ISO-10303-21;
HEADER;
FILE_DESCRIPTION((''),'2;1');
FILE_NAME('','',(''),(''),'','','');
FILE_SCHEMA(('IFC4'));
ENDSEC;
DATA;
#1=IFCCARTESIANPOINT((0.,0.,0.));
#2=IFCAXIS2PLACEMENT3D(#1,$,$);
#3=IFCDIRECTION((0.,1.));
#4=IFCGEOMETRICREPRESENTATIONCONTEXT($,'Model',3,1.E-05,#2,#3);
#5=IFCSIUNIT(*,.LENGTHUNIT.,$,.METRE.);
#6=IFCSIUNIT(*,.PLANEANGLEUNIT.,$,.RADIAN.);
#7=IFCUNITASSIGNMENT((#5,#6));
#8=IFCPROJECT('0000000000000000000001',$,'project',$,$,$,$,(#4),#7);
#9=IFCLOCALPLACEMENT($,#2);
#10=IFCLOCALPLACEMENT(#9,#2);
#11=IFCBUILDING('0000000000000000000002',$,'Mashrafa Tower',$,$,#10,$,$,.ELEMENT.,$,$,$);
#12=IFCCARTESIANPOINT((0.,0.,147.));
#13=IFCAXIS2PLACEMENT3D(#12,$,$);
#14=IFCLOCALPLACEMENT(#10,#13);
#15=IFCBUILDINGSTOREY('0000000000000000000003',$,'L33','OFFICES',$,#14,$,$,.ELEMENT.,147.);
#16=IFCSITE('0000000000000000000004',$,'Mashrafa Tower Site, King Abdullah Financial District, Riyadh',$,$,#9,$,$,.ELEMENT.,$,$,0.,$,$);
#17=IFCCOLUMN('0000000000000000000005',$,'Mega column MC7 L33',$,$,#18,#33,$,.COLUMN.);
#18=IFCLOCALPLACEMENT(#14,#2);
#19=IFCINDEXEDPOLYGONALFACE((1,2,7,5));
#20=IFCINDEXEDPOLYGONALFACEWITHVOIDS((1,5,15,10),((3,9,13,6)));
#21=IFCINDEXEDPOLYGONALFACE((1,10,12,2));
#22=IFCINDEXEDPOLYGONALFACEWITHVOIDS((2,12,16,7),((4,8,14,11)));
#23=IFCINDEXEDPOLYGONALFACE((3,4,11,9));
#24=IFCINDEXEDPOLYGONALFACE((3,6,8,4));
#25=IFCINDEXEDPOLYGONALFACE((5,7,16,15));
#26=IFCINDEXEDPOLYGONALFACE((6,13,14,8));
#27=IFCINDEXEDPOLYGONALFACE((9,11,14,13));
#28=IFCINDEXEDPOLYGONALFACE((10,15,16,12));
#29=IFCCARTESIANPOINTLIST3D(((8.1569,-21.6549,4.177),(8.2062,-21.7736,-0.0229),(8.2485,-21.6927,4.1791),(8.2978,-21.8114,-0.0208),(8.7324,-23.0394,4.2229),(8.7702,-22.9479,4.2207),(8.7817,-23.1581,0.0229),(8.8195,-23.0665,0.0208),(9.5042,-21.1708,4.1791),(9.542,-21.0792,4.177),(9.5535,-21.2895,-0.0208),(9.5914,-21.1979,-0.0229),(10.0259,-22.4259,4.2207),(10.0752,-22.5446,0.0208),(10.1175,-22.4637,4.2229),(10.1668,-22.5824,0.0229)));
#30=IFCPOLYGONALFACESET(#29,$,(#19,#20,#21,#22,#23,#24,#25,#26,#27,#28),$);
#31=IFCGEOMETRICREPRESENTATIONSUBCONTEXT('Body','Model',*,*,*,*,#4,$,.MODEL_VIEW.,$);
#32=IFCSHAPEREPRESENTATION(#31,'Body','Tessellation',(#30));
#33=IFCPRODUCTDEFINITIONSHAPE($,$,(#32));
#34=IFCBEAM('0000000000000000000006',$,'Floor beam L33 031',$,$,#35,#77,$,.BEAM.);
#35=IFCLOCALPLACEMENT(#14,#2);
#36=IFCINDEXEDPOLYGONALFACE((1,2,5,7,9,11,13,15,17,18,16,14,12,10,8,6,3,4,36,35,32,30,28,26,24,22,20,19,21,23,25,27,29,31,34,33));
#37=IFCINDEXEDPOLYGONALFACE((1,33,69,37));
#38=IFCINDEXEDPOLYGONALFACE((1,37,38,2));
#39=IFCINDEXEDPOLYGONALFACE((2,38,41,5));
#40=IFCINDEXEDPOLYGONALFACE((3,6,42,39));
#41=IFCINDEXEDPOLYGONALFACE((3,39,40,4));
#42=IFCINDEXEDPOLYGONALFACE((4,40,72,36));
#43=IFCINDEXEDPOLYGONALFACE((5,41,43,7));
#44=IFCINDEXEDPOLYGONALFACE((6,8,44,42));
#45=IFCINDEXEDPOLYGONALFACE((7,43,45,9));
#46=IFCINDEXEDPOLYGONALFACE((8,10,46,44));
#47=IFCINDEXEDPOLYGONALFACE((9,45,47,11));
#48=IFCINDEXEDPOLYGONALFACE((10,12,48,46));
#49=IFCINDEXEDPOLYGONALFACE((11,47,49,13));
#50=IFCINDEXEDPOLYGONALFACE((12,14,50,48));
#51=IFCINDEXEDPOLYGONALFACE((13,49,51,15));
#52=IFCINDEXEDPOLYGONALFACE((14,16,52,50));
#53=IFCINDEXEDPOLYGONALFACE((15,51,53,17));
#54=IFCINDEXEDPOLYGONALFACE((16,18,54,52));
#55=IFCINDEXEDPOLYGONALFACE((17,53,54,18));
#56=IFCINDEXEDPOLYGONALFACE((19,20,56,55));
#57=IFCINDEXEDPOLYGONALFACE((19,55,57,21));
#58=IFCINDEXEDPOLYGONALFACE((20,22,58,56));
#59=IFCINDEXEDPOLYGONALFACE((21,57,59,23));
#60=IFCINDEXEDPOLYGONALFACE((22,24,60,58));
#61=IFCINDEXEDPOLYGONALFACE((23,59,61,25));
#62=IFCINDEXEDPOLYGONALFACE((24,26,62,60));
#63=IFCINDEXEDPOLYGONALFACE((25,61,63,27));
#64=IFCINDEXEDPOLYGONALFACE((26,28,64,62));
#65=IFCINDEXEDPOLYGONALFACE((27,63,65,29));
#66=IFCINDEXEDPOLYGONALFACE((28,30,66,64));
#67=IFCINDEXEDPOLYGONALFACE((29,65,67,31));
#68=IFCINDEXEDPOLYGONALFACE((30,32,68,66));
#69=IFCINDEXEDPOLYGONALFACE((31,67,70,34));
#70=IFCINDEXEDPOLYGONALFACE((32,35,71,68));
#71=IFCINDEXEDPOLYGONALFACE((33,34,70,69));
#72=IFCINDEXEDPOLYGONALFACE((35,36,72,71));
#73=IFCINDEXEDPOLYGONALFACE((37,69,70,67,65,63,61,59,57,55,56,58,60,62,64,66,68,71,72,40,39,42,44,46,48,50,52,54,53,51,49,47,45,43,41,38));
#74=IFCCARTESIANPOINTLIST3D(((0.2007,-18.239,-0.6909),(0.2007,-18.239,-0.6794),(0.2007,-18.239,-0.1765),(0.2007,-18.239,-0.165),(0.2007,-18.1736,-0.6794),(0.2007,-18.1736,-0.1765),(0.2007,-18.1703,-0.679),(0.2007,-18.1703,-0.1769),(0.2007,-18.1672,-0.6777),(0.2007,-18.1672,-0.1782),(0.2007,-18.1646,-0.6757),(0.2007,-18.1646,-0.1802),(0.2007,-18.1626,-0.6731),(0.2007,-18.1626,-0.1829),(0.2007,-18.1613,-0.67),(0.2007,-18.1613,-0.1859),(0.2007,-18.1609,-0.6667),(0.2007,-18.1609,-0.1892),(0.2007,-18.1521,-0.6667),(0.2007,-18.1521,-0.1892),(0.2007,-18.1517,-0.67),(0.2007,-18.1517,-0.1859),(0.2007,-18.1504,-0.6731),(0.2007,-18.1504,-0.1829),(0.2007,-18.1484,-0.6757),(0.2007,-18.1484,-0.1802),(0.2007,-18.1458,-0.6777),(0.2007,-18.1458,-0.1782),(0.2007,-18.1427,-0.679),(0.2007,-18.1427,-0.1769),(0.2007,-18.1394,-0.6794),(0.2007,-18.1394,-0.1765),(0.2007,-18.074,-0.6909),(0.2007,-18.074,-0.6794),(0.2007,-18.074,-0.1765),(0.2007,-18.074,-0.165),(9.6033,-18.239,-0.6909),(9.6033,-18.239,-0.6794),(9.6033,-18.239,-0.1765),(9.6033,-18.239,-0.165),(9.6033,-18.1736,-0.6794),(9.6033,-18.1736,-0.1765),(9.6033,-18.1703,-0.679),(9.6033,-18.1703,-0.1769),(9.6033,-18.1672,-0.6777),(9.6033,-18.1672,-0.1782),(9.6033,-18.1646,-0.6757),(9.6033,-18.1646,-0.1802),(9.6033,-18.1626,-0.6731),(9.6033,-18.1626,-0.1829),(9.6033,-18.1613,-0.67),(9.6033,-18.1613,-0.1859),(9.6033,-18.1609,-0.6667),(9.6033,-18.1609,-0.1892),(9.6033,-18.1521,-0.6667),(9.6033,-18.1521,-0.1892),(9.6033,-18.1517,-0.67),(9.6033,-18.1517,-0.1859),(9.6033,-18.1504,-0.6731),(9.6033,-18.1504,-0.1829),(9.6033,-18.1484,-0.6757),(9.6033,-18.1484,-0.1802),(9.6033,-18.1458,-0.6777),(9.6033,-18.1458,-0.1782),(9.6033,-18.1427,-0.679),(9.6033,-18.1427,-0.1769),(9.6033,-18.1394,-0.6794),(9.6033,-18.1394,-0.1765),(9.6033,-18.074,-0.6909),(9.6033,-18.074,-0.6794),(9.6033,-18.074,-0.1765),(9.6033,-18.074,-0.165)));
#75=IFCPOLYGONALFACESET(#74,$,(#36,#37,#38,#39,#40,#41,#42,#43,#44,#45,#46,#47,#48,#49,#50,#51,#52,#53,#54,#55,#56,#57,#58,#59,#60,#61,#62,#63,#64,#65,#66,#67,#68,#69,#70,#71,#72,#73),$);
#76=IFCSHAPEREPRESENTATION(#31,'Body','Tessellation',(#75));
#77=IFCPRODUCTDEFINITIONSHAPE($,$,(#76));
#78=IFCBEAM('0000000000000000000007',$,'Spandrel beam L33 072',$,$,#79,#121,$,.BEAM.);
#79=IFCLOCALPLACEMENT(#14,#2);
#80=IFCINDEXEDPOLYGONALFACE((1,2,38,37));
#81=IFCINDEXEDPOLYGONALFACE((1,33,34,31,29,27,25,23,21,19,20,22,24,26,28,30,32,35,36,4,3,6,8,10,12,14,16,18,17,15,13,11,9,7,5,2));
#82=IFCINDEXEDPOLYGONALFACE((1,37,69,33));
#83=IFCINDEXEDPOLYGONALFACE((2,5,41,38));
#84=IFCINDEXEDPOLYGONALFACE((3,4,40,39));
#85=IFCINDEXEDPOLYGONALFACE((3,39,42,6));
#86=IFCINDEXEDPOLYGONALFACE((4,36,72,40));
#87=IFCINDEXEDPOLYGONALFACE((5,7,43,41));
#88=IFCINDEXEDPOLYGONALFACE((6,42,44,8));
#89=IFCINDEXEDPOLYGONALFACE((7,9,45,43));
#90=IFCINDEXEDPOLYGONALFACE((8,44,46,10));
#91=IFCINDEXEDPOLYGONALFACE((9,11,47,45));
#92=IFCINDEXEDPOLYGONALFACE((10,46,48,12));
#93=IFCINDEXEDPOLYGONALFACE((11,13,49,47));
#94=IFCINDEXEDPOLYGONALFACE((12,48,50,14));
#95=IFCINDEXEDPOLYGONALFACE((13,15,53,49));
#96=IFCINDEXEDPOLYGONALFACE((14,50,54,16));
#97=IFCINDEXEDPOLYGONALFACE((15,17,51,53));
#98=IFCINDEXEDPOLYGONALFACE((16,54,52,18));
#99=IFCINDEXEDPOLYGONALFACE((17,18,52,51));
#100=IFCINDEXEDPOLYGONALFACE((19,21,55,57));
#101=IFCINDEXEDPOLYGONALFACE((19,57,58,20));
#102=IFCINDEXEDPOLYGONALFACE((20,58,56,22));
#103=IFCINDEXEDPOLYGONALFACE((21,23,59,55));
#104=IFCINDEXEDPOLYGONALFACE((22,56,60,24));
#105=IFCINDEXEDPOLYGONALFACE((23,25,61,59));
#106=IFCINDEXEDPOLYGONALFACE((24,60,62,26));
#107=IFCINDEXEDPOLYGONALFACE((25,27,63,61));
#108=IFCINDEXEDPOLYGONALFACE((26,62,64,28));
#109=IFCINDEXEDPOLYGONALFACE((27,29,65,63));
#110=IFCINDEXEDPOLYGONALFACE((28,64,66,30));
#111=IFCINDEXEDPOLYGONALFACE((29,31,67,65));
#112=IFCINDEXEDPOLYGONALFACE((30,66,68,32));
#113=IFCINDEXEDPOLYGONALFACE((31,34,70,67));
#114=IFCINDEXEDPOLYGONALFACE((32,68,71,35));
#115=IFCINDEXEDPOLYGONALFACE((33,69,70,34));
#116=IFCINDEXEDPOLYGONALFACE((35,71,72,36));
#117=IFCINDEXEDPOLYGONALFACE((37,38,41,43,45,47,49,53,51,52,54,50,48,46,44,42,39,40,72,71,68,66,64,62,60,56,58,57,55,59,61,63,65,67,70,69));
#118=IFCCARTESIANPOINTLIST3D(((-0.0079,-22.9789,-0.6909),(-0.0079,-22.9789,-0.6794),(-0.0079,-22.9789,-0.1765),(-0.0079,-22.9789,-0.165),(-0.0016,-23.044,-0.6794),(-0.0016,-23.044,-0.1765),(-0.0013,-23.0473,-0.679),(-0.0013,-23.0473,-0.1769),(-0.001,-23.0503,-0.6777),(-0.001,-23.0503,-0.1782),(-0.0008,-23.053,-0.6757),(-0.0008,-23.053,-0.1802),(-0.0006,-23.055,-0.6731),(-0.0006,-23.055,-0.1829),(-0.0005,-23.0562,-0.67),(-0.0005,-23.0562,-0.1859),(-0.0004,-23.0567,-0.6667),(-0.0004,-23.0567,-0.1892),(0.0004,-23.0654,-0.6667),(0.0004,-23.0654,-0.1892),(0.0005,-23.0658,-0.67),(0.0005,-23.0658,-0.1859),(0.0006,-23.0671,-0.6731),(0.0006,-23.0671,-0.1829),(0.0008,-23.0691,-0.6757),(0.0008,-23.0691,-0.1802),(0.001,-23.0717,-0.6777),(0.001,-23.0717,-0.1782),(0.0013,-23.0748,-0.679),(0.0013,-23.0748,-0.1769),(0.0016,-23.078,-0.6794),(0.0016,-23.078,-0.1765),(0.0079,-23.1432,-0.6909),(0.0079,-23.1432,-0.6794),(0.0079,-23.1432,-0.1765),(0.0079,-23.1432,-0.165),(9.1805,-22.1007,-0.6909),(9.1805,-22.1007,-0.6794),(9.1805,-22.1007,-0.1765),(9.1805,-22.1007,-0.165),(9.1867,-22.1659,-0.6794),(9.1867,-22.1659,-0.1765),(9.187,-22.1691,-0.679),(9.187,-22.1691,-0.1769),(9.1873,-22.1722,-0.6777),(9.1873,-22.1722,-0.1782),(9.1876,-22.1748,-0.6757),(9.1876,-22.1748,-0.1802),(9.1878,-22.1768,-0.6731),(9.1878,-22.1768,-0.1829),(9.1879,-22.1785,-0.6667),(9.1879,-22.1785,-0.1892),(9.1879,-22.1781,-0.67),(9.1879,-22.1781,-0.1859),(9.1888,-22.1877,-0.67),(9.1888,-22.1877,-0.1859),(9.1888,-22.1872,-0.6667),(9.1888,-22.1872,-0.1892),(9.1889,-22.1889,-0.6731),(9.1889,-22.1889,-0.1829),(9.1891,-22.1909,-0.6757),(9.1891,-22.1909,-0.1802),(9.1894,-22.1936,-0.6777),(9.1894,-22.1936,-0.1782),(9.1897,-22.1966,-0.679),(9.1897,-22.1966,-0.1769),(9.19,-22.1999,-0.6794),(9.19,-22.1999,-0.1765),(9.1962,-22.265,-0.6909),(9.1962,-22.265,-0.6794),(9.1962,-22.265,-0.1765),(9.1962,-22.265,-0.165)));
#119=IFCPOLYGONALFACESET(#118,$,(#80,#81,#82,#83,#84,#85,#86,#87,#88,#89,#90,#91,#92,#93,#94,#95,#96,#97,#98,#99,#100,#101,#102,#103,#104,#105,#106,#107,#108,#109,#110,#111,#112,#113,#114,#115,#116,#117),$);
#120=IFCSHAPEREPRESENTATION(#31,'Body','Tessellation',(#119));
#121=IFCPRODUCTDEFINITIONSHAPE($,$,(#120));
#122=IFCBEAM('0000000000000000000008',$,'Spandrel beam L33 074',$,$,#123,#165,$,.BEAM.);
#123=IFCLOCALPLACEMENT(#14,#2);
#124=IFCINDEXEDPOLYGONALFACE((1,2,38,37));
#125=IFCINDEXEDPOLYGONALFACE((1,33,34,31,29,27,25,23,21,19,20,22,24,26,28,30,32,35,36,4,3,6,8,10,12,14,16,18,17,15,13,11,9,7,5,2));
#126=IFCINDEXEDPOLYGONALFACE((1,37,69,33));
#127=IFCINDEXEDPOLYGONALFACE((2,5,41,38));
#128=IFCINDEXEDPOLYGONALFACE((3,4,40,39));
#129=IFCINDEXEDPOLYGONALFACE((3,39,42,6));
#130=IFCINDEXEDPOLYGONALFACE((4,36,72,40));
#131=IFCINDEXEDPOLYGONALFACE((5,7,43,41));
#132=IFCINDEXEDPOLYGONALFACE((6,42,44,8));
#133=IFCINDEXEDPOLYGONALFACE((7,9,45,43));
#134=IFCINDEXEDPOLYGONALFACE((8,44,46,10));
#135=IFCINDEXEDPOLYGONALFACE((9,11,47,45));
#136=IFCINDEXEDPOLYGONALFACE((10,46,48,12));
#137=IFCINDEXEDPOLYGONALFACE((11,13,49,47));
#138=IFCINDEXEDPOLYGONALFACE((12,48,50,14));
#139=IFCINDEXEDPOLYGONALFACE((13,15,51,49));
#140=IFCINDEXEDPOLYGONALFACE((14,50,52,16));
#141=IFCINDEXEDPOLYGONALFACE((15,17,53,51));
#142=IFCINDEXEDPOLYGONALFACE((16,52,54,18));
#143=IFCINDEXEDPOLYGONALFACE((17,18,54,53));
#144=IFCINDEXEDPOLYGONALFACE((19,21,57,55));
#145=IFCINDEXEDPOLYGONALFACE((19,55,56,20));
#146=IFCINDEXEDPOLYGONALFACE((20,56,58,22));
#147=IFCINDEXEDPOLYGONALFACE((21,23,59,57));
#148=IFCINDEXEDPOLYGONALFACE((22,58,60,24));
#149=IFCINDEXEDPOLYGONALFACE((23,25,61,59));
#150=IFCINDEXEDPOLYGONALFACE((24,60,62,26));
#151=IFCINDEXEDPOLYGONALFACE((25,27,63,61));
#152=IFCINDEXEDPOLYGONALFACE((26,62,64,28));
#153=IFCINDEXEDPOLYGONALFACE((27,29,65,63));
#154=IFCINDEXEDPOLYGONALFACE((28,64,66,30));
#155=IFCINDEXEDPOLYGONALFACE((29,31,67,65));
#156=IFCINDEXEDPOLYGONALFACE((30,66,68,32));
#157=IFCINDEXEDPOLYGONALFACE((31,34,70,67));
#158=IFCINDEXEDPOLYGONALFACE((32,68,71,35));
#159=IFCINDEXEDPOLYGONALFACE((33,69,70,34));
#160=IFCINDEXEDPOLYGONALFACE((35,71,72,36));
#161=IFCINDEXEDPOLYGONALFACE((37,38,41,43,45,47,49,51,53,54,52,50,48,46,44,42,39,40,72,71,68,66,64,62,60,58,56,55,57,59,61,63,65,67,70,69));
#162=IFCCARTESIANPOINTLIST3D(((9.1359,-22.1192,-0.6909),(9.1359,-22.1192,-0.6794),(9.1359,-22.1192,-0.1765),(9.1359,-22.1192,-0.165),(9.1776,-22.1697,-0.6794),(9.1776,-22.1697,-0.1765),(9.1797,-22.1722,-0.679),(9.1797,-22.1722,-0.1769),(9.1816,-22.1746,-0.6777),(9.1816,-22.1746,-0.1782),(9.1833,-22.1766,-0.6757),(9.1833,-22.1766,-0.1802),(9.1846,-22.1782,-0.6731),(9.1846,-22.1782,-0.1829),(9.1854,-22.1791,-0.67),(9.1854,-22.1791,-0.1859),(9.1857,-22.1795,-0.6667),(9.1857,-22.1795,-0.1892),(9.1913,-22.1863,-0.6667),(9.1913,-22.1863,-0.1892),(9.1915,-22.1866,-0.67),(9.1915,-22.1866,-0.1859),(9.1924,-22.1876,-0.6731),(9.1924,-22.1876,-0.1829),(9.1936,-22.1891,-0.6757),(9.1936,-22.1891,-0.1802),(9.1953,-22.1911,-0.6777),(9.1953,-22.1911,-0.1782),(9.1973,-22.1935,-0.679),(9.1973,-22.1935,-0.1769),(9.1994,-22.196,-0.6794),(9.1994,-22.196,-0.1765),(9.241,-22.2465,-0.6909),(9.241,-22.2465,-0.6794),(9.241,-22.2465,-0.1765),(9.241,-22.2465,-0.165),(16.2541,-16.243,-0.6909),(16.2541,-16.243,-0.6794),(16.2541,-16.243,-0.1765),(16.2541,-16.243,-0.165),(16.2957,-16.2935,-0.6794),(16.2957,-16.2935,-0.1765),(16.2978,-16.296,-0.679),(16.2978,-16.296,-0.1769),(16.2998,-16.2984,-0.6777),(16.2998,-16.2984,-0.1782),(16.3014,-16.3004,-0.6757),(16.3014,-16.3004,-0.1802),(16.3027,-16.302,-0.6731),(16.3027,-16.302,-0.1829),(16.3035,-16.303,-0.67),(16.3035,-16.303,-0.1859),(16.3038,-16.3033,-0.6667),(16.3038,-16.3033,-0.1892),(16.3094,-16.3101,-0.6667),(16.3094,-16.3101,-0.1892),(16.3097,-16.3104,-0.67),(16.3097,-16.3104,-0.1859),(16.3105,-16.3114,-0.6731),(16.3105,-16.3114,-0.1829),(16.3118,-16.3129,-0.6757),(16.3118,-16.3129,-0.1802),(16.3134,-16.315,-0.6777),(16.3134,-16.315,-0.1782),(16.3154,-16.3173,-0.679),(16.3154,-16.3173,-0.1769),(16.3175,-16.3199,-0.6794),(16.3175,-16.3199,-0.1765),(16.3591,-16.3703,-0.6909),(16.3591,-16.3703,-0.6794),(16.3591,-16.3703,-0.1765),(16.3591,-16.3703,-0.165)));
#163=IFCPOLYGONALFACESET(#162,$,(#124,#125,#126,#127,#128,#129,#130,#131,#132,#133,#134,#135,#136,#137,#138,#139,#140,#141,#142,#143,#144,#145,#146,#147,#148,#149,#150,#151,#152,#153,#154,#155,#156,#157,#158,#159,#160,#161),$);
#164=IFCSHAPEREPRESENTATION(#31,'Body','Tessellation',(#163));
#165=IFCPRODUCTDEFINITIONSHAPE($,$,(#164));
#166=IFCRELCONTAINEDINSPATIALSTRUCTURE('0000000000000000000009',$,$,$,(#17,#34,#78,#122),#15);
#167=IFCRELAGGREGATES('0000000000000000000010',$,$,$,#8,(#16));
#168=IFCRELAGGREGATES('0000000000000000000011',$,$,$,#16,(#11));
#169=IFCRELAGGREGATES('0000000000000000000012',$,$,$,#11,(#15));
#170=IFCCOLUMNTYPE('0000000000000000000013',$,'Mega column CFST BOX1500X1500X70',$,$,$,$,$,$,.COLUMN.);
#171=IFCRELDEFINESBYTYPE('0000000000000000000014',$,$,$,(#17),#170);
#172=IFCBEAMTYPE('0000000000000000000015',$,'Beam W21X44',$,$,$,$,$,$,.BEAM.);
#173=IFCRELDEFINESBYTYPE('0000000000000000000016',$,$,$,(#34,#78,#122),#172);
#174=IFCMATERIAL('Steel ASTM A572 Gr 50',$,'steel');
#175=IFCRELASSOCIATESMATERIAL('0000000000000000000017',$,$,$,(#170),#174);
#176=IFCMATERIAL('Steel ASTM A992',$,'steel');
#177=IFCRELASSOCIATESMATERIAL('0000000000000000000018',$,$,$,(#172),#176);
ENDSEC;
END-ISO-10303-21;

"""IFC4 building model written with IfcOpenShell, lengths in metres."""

from ifc_helpers import new_model, si_unit, direction, frame, origin, origin_2d, place, context, subcontext, project, spatial, hollow_rectangle, i_section, extrude, material, material_profile, profile_set, type_object, element, save


model = new_model("IFC4")

# Units and contexts
model_context = context("Model", 3, precision=1e-05, world=origin(), true_north=direction((0.0, 1.0)))
body_context = subcontext(model_context, "Body", "Model", "MODEL_VIEW")
ifc_project = project(units=[si_unit("LENGTHUNIT", "METRE"), si_unit("PLANEANGLEUNIT", "RADIAN")], contexts=[model_context])

# Site, building, storey
site_placement = place(None, origin())
site = spatial("IfcSite", under=ifc_project, at=site_placement, Name="Mashrafa Tower Site, King Abdullah Financial District, Riyadh", CompositionType="ELEMENT", RefElevation=0.0)
building_placement = place(site_placement, origin())
building = spatial("IfcBuilding", under=site, at=building_placement, Name="Mashrafa Tower", CompositionType="ELEMENT")
storey_placement = place(building_placement, frame((0.0, 0.0, 147.0)))
storey = spatial("IfcBuildingStorey", under=building, at=storey_placement, Name="L33", Description="OFFICES", CompositionType="ELEMENT", Elevation=147.0)

# Column
ifc_material_1 = material(Name="Steel ASTM A572 Gr 50", Category="steel")
ifc_material_profile_1 = material_profile(ifc_material_1, hollow_rectangle(XDim=1.5, YDim=1.5, WallThickness=0.0701, at=origin_2d()), Name="BOX1500X1500X70")
ifc_profile_set_1 = profile_set([ifc_material_profile_1], Name="Steel ASTM A572 Gr 50")
column_type = type_object("IfcColumnType", Name="Mega column CFST BOX1500X1500X70", PredefinedType="COLUMN", material=ifc_profile_set_1)
column_placement = place(storey_placement, frame((9.1865, -22.178, 0.0), z_axis=(-0.011737, 0.028238, 0.999532), x_axis=(-0.923414, -0.383806, 0.0)))
element("IfcColumn", 1, at=column_placement, inside=storey, type_object=column_type, Name="Mega column MC7 L33", PredefinedType="COLUMN", context=body_context, shape_type="SweptSolid", body=[
    extrude(hollow_rectangle(XDim=1.5, YDim=1.5, WallThickness=0.0701, at=origin_2d()), origin(), (0.0, 0.0, 1.0), 4.2019),
])

# Beams
ifc_material_2 = material(Name="Steel ASTM A992", Category="steel")
ifc_material_profile_2 = material_profile(ifc_material_2, i_section(OverallWidth=0.165, OverallDepth=0.5259, WebThickness=0.0088, FlangeThickness=0.0115, FilletRadius=0.0127, at=origin_2d()), Name="W21X44")
ifc_profile_set_2 = profile_set([ifc_material_profile_2], Name="Steel ASTM A992")
beam_type_1 = type_object("IfcBeamType", Name="Beam W21X44", PredefinedType="BEAM", material=ifc_profile_set_2)
beam_1_placement = place(storey_placement, frame((9.6033, -18.1565, -0.428), z_axis=(-1.0, 0.0, 0.0), x_axis=(0.0, -1.0, 0.0)))
element("IfcBeam", 2, at=beam_1_placement, inside=storey, type_object=beam_type_1, Name="Floor beam L33 031", PredefinedType="BEAM", context=body_context, shape_type="SweptSolid", body=[
    extrude(i_section(OverallWidth=0.165, OverallDepth=0.5259, WebThickness=0.0088, FlangeThickness=0.0115, FilletRadius=0.0127, at=origin_2d()), origin(), (0.0, 0.0, 1.0), 9.4026),
])
for number, where, z_axis, x_axis, name in (
    (3, (0.0, -23.061, -0.428), (0.995464, 0.09514, 0.0), (-0.09514, 0.995464, 0.0), "Spandrel beam L33 072"),
    (4, (9.1885, -22.1829, -0.428), (0.771175, 0.636624, 0.0), (-0.636624, 0.771175, 0.0), "Spandrel beam L33 074"),
):
    element("IfcBeam", number, at=place(storey_placement, frame(where, z_axis=z_axis, x_axis=x_axis)), inside=storey, type_object=beam_type_1, Name=name, PredefinedType="BEAM", context=body_context, shape_type="SweptSolid", body=[
        extrude(i_section(OverallWidth=0.165, OverallDepth=0.5259, WebThickness=0.0088, FlangeThickness=0.0115, FilletRadius=0.0127, at=origin_2d()), origin(), (0.0, 0.0, 1.0), 9.2302),
    ])

save(model, "model.ifc")
